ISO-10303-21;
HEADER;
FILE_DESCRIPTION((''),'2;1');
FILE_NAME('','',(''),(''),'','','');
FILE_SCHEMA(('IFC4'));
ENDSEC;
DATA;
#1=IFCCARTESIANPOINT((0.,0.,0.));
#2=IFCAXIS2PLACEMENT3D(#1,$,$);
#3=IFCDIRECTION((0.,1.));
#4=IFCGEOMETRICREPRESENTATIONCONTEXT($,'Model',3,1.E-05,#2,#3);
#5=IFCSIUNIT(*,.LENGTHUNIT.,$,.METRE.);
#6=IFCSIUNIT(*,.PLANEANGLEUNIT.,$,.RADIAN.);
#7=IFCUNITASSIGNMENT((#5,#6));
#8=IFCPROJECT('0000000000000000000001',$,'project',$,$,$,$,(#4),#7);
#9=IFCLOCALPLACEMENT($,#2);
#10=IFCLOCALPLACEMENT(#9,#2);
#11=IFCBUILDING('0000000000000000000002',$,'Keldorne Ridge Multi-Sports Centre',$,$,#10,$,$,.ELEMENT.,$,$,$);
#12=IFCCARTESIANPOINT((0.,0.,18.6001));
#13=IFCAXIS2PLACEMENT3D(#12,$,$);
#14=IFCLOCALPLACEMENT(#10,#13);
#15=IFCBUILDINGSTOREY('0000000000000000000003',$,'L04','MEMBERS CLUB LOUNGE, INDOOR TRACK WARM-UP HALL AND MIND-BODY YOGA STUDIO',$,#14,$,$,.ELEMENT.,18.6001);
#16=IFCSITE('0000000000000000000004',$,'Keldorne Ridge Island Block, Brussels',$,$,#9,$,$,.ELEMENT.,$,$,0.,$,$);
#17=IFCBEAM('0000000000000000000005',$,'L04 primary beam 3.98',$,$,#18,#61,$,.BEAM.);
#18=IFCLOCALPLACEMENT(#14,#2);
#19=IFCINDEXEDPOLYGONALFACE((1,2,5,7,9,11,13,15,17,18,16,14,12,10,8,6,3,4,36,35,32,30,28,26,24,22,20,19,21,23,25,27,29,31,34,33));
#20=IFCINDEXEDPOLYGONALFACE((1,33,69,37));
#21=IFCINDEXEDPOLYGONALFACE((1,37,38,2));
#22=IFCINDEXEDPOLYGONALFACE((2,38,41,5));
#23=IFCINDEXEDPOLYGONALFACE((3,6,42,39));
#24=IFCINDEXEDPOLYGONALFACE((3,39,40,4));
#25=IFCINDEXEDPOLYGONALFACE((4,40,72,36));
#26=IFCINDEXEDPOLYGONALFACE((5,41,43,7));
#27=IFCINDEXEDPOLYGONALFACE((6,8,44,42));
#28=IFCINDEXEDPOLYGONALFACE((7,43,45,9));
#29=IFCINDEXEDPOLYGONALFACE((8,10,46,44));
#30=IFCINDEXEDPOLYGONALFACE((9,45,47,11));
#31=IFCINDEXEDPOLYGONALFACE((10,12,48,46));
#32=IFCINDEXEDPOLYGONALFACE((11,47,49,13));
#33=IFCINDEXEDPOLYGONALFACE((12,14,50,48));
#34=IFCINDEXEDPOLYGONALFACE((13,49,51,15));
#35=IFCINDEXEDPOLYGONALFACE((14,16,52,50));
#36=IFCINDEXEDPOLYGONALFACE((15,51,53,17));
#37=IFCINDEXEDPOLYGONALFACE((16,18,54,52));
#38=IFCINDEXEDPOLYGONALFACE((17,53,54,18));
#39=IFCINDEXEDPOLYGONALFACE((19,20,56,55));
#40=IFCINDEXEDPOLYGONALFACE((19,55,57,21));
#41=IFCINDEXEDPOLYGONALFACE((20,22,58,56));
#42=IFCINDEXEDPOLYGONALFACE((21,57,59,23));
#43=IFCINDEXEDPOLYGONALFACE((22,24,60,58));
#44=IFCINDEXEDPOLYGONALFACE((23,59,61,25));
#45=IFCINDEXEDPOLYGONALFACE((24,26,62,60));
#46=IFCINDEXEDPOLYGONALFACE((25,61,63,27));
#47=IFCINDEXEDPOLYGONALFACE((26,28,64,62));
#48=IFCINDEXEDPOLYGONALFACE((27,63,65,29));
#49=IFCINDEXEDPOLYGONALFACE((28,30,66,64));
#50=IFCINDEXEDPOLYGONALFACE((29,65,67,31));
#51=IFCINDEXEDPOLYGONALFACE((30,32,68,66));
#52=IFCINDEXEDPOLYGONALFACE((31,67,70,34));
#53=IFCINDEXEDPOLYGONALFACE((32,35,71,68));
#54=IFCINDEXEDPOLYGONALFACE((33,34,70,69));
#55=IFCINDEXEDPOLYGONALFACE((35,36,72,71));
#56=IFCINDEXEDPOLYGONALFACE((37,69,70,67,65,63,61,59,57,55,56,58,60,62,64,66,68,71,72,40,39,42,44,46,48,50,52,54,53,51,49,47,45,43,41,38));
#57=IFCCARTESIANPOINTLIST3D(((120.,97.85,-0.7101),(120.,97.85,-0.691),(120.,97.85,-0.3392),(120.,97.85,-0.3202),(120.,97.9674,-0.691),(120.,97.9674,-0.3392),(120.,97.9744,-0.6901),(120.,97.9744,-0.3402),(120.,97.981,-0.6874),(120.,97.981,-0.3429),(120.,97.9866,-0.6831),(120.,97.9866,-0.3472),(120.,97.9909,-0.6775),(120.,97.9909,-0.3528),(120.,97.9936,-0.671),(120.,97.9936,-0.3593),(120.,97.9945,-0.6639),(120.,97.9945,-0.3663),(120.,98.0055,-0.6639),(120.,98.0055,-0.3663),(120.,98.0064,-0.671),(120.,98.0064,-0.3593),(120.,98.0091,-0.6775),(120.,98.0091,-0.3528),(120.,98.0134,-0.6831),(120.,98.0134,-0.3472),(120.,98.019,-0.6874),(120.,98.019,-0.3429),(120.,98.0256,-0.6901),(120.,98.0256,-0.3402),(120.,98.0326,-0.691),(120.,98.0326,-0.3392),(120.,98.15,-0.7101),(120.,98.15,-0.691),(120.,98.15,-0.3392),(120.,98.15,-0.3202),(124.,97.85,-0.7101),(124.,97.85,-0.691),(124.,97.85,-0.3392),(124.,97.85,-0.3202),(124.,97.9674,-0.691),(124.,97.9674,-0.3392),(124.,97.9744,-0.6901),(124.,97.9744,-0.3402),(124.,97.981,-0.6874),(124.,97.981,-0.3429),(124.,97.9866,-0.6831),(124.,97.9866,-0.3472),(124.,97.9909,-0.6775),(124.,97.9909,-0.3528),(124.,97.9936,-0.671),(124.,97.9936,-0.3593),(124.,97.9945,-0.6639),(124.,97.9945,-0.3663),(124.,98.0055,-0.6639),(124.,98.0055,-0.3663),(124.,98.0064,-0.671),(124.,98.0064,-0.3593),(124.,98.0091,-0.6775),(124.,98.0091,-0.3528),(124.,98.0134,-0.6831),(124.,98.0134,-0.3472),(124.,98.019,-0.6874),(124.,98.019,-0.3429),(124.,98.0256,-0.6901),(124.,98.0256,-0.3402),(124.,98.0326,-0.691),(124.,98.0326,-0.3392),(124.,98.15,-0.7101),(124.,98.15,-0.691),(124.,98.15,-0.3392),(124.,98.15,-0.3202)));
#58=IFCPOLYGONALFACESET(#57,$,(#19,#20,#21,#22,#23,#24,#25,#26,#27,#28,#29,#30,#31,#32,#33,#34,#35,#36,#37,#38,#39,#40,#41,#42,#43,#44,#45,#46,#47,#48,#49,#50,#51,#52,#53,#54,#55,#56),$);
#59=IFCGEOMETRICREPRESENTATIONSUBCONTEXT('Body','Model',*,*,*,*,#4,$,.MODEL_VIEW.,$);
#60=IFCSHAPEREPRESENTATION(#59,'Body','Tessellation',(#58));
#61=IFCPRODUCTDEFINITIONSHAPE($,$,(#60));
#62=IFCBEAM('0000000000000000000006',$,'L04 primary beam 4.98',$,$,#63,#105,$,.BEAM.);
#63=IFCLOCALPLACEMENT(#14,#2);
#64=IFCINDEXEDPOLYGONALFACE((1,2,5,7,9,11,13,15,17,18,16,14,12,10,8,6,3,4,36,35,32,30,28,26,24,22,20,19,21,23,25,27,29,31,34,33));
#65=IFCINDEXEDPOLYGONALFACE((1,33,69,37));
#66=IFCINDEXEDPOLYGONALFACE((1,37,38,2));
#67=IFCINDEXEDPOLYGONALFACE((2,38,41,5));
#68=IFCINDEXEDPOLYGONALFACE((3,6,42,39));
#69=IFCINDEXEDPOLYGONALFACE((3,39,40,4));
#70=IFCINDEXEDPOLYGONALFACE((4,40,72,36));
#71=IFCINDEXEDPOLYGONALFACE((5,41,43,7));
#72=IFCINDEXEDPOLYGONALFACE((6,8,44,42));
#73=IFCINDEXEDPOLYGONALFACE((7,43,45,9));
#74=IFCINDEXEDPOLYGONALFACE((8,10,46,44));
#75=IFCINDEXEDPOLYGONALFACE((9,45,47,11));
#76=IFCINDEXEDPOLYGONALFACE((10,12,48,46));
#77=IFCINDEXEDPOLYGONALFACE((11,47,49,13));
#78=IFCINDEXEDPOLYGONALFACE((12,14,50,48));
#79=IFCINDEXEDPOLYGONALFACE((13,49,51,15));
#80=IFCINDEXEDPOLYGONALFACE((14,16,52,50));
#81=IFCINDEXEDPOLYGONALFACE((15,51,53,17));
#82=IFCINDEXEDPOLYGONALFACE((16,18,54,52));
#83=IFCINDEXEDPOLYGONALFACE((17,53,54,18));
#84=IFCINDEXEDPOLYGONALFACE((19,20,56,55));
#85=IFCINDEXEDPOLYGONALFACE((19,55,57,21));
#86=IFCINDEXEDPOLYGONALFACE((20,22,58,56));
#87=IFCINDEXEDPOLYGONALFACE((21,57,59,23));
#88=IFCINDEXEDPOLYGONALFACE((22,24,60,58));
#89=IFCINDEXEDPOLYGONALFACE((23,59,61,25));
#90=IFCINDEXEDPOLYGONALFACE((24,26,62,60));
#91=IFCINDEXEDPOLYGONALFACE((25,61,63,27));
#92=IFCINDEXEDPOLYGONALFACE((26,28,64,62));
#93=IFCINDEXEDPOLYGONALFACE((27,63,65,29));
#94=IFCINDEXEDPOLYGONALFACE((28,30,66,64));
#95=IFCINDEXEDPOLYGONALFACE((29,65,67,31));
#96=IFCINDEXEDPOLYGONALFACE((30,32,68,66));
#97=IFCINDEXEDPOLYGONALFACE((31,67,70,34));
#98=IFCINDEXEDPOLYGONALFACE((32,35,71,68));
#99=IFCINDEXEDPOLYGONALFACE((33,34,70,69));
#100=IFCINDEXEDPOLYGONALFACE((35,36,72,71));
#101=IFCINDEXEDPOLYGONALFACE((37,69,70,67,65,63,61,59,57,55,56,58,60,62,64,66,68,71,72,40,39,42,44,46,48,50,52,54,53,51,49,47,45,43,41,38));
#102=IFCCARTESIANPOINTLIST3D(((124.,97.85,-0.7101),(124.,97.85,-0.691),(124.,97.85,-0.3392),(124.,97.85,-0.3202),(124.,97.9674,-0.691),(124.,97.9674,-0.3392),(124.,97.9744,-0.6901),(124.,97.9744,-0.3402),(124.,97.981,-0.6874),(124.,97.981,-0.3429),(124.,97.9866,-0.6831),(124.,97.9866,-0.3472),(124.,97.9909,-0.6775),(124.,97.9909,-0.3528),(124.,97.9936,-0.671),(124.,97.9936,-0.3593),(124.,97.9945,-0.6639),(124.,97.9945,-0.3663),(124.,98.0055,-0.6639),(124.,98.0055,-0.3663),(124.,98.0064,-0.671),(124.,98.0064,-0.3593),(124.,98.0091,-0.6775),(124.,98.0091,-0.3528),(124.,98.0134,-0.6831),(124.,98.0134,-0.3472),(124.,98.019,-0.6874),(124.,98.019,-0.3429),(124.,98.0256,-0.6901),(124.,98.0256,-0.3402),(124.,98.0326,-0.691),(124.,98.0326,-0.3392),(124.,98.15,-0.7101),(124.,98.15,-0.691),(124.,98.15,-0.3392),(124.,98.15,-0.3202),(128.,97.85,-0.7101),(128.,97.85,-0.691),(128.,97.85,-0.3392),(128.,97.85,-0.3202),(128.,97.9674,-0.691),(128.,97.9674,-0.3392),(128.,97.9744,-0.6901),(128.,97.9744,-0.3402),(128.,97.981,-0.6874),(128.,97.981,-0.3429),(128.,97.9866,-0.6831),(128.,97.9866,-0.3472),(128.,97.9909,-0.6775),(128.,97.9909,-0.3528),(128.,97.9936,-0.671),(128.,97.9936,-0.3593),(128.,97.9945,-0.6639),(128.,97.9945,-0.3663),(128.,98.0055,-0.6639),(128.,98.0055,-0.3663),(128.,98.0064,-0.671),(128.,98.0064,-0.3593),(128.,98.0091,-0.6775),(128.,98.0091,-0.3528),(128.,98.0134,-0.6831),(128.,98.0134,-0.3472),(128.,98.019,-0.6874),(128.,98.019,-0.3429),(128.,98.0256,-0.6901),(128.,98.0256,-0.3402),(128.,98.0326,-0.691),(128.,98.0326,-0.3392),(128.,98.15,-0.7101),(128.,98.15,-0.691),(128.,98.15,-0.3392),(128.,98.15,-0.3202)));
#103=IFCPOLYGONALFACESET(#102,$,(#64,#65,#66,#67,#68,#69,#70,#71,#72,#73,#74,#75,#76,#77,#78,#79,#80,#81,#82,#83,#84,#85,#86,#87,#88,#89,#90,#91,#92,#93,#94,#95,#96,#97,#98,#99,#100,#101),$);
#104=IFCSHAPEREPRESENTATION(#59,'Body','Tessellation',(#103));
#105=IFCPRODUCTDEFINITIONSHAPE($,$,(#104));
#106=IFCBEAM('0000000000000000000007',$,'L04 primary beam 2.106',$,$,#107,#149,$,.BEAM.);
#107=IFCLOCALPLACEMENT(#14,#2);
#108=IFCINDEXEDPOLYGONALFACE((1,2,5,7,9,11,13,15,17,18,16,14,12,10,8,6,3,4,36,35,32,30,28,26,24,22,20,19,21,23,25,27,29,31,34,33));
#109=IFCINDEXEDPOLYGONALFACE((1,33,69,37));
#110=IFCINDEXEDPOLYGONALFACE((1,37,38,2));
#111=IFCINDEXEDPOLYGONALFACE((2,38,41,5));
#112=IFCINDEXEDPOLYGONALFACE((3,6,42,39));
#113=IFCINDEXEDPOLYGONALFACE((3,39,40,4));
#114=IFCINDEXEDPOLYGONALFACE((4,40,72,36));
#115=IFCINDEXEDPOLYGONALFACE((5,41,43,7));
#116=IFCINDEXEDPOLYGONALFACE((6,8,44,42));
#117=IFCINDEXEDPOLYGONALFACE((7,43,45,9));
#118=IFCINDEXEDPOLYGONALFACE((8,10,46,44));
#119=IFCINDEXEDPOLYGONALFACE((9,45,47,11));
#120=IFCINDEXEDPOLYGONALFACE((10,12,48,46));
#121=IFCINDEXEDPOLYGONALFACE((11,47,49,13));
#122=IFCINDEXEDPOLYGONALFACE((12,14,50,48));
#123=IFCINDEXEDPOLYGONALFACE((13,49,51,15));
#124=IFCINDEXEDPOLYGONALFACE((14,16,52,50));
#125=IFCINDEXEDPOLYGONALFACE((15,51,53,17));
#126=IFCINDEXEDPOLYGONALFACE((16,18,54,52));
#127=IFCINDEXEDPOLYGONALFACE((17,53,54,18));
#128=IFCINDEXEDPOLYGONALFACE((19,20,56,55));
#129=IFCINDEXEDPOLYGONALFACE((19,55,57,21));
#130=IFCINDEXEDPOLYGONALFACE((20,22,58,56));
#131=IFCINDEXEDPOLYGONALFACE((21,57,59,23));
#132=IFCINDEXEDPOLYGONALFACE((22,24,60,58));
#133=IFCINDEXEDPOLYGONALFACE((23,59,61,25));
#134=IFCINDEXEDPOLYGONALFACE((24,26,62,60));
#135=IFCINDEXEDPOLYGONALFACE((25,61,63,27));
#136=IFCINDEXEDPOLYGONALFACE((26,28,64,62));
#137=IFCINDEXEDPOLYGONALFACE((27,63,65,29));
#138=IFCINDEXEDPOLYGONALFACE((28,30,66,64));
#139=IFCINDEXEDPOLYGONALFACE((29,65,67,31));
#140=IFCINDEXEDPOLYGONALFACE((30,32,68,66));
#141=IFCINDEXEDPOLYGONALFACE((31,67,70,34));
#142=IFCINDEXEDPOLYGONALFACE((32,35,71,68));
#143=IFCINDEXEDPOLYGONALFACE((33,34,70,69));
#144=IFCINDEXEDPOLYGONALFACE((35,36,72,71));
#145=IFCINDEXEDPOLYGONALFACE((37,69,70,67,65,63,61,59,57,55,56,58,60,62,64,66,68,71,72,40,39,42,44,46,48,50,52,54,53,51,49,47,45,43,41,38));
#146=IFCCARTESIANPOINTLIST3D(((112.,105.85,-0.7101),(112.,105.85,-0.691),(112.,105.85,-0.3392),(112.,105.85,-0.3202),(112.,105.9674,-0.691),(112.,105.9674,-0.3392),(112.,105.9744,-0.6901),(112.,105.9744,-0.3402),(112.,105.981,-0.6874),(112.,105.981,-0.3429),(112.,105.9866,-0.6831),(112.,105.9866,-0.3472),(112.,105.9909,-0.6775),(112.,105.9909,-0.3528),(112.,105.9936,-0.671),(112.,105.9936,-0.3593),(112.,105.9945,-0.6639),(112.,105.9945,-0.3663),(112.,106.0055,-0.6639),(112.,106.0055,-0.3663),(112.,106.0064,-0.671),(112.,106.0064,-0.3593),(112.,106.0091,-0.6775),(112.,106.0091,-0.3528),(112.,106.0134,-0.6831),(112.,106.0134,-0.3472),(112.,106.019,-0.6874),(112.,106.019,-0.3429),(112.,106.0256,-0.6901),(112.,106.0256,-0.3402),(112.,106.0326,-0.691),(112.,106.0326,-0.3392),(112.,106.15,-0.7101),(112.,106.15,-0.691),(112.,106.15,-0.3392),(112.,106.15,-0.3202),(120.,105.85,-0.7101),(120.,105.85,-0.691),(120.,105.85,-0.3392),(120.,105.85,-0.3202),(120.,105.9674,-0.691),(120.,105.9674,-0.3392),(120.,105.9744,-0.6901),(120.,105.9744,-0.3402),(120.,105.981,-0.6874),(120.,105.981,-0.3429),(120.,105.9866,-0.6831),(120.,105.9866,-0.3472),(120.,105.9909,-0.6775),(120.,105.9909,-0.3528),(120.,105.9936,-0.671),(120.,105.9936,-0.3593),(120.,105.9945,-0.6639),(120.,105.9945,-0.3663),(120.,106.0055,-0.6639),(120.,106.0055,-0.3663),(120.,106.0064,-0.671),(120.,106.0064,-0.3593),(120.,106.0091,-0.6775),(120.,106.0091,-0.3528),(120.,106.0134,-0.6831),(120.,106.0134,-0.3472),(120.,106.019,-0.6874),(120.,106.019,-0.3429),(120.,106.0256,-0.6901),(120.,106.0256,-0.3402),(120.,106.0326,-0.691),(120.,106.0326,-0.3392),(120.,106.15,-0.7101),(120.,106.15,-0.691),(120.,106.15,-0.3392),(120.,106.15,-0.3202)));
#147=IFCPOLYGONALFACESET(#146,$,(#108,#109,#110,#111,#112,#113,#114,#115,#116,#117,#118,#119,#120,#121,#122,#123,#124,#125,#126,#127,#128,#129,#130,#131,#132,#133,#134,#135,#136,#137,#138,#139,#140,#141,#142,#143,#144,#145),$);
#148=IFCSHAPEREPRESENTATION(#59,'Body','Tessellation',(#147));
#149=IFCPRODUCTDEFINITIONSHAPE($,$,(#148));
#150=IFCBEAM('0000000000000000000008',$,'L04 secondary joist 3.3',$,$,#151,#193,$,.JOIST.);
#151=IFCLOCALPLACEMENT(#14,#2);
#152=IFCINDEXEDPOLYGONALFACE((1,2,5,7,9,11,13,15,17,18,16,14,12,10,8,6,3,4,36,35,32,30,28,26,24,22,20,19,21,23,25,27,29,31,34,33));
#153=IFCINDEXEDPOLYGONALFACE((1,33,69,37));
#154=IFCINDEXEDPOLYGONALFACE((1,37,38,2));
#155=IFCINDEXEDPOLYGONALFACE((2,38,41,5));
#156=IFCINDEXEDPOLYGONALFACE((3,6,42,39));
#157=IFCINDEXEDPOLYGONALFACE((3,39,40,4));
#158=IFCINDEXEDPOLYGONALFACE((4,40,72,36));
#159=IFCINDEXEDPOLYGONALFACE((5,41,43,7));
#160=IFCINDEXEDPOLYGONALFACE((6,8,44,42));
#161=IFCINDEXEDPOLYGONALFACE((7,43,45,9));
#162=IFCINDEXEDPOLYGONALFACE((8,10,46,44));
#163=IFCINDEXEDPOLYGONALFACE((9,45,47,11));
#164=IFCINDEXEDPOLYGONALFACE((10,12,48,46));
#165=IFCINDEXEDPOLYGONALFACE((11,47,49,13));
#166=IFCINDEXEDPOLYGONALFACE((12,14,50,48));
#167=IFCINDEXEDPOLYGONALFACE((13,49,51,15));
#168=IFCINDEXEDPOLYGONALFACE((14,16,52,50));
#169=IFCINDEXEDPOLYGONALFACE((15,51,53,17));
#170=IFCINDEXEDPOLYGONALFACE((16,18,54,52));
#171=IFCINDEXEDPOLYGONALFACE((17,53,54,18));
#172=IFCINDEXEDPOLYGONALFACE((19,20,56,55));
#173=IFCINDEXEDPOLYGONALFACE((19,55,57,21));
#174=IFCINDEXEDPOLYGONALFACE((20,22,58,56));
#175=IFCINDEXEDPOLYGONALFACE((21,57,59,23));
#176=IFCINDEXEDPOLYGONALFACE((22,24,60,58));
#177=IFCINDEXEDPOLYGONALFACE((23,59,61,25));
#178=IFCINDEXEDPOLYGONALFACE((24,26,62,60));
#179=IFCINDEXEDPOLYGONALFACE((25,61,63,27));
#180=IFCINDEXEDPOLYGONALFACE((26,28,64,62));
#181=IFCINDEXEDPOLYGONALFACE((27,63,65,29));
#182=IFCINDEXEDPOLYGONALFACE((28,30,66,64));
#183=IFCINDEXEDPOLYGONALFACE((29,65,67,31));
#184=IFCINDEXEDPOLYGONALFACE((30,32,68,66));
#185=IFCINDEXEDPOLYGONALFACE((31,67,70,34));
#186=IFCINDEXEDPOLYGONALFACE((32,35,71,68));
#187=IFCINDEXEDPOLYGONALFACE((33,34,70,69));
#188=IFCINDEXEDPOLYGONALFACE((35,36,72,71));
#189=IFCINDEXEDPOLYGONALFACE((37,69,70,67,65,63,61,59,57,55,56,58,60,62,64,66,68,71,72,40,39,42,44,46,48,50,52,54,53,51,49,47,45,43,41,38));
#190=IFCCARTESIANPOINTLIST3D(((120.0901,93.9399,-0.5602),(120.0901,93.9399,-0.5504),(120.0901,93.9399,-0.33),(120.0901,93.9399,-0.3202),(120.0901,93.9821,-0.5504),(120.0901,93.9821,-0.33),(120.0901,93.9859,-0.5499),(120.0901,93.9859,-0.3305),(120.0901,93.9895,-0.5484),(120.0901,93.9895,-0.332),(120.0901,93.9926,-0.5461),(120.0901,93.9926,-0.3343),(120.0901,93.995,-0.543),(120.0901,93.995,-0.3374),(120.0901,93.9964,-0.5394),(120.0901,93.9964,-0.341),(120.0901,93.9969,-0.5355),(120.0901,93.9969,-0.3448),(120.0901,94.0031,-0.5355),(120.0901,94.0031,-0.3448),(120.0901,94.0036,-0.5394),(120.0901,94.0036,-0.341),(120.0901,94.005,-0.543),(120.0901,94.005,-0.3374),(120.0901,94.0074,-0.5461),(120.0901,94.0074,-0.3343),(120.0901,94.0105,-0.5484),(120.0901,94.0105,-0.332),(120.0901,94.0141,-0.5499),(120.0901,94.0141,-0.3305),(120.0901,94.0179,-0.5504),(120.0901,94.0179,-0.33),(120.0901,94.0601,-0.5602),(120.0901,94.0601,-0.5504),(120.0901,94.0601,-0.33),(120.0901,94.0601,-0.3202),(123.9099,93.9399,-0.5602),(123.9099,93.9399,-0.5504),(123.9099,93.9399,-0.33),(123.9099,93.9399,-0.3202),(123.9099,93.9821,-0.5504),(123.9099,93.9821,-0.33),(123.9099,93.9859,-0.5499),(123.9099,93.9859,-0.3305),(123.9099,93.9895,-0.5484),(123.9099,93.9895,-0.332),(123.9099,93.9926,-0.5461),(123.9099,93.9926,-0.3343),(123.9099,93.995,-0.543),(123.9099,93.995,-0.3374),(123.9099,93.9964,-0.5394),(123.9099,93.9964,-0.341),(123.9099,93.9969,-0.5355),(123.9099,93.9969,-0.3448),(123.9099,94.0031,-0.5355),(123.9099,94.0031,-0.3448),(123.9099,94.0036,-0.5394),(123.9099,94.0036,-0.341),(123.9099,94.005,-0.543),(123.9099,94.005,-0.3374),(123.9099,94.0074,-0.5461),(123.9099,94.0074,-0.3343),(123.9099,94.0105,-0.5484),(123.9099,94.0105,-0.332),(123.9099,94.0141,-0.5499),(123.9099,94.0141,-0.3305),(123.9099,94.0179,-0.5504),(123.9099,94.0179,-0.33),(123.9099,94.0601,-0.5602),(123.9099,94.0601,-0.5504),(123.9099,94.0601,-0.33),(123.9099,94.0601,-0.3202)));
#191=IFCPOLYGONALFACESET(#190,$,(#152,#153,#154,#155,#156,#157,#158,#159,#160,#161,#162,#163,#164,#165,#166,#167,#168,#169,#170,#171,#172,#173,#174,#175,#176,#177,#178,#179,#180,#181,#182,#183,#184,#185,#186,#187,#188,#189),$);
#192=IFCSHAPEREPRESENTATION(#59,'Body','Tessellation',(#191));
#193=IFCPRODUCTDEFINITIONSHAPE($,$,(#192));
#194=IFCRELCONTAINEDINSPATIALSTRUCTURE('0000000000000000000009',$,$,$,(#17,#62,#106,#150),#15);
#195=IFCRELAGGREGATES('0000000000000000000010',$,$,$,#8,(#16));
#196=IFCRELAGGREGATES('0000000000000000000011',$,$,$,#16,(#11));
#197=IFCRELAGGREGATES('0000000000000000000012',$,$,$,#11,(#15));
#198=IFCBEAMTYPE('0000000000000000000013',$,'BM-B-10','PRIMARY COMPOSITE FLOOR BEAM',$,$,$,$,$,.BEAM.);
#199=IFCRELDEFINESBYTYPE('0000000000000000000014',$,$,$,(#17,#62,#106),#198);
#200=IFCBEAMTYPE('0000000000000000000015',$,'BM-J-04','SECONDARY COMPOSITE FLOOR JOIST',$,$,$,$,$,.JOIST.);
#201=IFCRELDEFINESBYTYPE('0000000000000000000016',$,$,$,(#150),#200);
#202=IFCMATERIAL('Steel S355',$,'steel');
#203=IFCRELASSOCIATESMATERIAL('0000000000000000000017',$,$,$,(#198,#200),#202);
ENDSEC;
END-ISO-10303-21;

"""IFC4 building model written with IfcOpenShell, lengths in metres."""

from ifc_helpers import new_model, si_unit, direction, frame, origin, origin_2d, place, context, subcontext, project, spatial, i_section, extrude, material, material_profile, profile_set, type_object, element, save


model = new_model("IFC4")

# Units and contexts
model_context = context("Model", 3, precision=1e-05, world=origin(), true_north=direction((0.0, 1.0)))
body_context = subcontext(model_context, "Body", "Model", "MODEL_VIEW")
ifc_project = project(units=[si_unit("LENGTHUNIT", "METRE"), si_unit("PLANEANGLEUNIT", "RADIAN")], contexts=[model_context])

# Site, building, storey
site_placement = place(None, origin())
site = spatial("IfcSite", under=ifc_project, at=site_placement, Name="Keldorne Ridge Island Block, Brussels", CompositionType="ELEMENT", RefElevation=0.0)
building_placement = place(site_placement, origin())
building = spatial("IfcBuilding", under=site, at=building_placement, Name="Keldorne Ridge Multi-Sports Centre", CompositionType="ELEMENT")
storey_placement = place(building_placement, frame((0.0, 0.0, 18.6001)))
storey = spatial("IfcBuildingStorey", under=building, at=storey_placement, Name="L04", Description="MEMBERS CLUB LOUNGE, INDOOR TRACK WARM-UP HALL AND MIND-BODY YOGA STUDIO", CompositionType="ELEMENT", Elevation=18.6001)

# Shared definitions
ifc_material_1 = material(Name="Steel S355", Category="steel")

# Beams
ifc_material_profile_1 = material_profile(ifc_material_1, i_section(OverallWidth=0.3, OverallDepth=0.3899, WebThickness=0.011, FlangeThickness=0.019, FilletRadius=0.0271, at=origin_2d()), Name="HEA 400")
ifc_profile_set_1 = profile_set([ifc_material_profile_1], Name="Steel S355")
beam_type_1 = type_object("IfcBeamType", Name="BM-B-10", Description="PRIMARY COMPOSITE FLOOR BEAM", PredefinedType="BEAM", material=ifc_profile_set_1)
for number, where, z_axis, x_axis, name in (
    (1, (120.0, 98.0, -0.5151), (1.0, 0.0, 0.0), (0.0, 1.0, 0.0), "L04 primary beam 3.98"),
    (2, (124.0, 98.0, -0.5151), (1.0, 0.0, 0.0), (0.0, 1.0, 0.0), "L04 primary beam 4.98"),
):
    element("IfcBeam", number, at=place(storey_placement, frame(where, z_axis=z_axis, x_axis=x_axis)), inside=storey, type_object=beam_type_1, Name=name, PredefinedType="BEAM", context=body_context, shape_type="SweptSolid", body=[
        extrude(i_section(OverallWidth=0.3, OverallDepth=0.3899, WebThickness=0.011, FlangeThickness=0.019, FilletRadius=0.0271, at=origin_2d()), origin(), (0.0, 0.0, 1.0), 4.0),
    ])
beam_1_placement = place(storey_placement, frame((112.0, 106.0, -0.5151), z_axis=(1.0, 0.0, 0.0), x_axis=(0.0, 1.0, 0.0)))
element("IfcBeam", 3, at=beam_1_placement, inside=storey, type_object=beam_type_1, Name="L04 primary beam 2.106", PredefinedType="BEAM", context=body_context, shape_type="SweptSolid", body=[
    extrude(i_section(OverallWidth=0.3, OverallDepth=0.3899, WebThickness=0.011, FlangeThickness=0.019, FilletRadius=0.0271, at=origin_2d()), origin(), (0.0, 0.0, 1.0), 8.0),
])
ifc_material_profile_2 = material_profile(ifc_material_1, i_section(OverallWidth=0.1201, OverallDepth=0.24, WebThickness=0.0061, FlangeThickness=0.0098, FilletRadius=0.0149, at=origin_2d()), Name="IPE 240")
ifc_profile_set_2 = profile_set([ifc_material_profile_2], Name="Steel S355")
beam_type_2 = type_object("IfcBeamType", Name="BM-J-04", Description="SECONDARY COMPOSITE FLOOR JOIST", PredefinedType="JOIST", material=ifc_profile_set_2)
for number, where, z_axis, x_axis, name in (
    (4, (120.0901, 94.0, -0.4402), (1.0, 0.0, 0.0), (0.0, 1.0, 0.0), "L04 secondary joist 3.3"),
):
    element("IfcBeam", number, at=place(storey_placement, frame(where, z_axis=z_axis, x_axis=x_axis)), inside=storey, type_object=beam_type_2, Name=name, PredefinedType="JOIST", context=body_context, shape_type="SweptSolid", body=[
        extrude(i_section(OverallWidth=0.1201, OverallDepth=0.24, WebThickness=0.0061, FlangeThickness=0.0098, FilletRadius=0.0149, at=origin_2d()), origin(), (0.0, 0.0, 1.0), 3.8198),
    ])

save(model, "model.ifc")
